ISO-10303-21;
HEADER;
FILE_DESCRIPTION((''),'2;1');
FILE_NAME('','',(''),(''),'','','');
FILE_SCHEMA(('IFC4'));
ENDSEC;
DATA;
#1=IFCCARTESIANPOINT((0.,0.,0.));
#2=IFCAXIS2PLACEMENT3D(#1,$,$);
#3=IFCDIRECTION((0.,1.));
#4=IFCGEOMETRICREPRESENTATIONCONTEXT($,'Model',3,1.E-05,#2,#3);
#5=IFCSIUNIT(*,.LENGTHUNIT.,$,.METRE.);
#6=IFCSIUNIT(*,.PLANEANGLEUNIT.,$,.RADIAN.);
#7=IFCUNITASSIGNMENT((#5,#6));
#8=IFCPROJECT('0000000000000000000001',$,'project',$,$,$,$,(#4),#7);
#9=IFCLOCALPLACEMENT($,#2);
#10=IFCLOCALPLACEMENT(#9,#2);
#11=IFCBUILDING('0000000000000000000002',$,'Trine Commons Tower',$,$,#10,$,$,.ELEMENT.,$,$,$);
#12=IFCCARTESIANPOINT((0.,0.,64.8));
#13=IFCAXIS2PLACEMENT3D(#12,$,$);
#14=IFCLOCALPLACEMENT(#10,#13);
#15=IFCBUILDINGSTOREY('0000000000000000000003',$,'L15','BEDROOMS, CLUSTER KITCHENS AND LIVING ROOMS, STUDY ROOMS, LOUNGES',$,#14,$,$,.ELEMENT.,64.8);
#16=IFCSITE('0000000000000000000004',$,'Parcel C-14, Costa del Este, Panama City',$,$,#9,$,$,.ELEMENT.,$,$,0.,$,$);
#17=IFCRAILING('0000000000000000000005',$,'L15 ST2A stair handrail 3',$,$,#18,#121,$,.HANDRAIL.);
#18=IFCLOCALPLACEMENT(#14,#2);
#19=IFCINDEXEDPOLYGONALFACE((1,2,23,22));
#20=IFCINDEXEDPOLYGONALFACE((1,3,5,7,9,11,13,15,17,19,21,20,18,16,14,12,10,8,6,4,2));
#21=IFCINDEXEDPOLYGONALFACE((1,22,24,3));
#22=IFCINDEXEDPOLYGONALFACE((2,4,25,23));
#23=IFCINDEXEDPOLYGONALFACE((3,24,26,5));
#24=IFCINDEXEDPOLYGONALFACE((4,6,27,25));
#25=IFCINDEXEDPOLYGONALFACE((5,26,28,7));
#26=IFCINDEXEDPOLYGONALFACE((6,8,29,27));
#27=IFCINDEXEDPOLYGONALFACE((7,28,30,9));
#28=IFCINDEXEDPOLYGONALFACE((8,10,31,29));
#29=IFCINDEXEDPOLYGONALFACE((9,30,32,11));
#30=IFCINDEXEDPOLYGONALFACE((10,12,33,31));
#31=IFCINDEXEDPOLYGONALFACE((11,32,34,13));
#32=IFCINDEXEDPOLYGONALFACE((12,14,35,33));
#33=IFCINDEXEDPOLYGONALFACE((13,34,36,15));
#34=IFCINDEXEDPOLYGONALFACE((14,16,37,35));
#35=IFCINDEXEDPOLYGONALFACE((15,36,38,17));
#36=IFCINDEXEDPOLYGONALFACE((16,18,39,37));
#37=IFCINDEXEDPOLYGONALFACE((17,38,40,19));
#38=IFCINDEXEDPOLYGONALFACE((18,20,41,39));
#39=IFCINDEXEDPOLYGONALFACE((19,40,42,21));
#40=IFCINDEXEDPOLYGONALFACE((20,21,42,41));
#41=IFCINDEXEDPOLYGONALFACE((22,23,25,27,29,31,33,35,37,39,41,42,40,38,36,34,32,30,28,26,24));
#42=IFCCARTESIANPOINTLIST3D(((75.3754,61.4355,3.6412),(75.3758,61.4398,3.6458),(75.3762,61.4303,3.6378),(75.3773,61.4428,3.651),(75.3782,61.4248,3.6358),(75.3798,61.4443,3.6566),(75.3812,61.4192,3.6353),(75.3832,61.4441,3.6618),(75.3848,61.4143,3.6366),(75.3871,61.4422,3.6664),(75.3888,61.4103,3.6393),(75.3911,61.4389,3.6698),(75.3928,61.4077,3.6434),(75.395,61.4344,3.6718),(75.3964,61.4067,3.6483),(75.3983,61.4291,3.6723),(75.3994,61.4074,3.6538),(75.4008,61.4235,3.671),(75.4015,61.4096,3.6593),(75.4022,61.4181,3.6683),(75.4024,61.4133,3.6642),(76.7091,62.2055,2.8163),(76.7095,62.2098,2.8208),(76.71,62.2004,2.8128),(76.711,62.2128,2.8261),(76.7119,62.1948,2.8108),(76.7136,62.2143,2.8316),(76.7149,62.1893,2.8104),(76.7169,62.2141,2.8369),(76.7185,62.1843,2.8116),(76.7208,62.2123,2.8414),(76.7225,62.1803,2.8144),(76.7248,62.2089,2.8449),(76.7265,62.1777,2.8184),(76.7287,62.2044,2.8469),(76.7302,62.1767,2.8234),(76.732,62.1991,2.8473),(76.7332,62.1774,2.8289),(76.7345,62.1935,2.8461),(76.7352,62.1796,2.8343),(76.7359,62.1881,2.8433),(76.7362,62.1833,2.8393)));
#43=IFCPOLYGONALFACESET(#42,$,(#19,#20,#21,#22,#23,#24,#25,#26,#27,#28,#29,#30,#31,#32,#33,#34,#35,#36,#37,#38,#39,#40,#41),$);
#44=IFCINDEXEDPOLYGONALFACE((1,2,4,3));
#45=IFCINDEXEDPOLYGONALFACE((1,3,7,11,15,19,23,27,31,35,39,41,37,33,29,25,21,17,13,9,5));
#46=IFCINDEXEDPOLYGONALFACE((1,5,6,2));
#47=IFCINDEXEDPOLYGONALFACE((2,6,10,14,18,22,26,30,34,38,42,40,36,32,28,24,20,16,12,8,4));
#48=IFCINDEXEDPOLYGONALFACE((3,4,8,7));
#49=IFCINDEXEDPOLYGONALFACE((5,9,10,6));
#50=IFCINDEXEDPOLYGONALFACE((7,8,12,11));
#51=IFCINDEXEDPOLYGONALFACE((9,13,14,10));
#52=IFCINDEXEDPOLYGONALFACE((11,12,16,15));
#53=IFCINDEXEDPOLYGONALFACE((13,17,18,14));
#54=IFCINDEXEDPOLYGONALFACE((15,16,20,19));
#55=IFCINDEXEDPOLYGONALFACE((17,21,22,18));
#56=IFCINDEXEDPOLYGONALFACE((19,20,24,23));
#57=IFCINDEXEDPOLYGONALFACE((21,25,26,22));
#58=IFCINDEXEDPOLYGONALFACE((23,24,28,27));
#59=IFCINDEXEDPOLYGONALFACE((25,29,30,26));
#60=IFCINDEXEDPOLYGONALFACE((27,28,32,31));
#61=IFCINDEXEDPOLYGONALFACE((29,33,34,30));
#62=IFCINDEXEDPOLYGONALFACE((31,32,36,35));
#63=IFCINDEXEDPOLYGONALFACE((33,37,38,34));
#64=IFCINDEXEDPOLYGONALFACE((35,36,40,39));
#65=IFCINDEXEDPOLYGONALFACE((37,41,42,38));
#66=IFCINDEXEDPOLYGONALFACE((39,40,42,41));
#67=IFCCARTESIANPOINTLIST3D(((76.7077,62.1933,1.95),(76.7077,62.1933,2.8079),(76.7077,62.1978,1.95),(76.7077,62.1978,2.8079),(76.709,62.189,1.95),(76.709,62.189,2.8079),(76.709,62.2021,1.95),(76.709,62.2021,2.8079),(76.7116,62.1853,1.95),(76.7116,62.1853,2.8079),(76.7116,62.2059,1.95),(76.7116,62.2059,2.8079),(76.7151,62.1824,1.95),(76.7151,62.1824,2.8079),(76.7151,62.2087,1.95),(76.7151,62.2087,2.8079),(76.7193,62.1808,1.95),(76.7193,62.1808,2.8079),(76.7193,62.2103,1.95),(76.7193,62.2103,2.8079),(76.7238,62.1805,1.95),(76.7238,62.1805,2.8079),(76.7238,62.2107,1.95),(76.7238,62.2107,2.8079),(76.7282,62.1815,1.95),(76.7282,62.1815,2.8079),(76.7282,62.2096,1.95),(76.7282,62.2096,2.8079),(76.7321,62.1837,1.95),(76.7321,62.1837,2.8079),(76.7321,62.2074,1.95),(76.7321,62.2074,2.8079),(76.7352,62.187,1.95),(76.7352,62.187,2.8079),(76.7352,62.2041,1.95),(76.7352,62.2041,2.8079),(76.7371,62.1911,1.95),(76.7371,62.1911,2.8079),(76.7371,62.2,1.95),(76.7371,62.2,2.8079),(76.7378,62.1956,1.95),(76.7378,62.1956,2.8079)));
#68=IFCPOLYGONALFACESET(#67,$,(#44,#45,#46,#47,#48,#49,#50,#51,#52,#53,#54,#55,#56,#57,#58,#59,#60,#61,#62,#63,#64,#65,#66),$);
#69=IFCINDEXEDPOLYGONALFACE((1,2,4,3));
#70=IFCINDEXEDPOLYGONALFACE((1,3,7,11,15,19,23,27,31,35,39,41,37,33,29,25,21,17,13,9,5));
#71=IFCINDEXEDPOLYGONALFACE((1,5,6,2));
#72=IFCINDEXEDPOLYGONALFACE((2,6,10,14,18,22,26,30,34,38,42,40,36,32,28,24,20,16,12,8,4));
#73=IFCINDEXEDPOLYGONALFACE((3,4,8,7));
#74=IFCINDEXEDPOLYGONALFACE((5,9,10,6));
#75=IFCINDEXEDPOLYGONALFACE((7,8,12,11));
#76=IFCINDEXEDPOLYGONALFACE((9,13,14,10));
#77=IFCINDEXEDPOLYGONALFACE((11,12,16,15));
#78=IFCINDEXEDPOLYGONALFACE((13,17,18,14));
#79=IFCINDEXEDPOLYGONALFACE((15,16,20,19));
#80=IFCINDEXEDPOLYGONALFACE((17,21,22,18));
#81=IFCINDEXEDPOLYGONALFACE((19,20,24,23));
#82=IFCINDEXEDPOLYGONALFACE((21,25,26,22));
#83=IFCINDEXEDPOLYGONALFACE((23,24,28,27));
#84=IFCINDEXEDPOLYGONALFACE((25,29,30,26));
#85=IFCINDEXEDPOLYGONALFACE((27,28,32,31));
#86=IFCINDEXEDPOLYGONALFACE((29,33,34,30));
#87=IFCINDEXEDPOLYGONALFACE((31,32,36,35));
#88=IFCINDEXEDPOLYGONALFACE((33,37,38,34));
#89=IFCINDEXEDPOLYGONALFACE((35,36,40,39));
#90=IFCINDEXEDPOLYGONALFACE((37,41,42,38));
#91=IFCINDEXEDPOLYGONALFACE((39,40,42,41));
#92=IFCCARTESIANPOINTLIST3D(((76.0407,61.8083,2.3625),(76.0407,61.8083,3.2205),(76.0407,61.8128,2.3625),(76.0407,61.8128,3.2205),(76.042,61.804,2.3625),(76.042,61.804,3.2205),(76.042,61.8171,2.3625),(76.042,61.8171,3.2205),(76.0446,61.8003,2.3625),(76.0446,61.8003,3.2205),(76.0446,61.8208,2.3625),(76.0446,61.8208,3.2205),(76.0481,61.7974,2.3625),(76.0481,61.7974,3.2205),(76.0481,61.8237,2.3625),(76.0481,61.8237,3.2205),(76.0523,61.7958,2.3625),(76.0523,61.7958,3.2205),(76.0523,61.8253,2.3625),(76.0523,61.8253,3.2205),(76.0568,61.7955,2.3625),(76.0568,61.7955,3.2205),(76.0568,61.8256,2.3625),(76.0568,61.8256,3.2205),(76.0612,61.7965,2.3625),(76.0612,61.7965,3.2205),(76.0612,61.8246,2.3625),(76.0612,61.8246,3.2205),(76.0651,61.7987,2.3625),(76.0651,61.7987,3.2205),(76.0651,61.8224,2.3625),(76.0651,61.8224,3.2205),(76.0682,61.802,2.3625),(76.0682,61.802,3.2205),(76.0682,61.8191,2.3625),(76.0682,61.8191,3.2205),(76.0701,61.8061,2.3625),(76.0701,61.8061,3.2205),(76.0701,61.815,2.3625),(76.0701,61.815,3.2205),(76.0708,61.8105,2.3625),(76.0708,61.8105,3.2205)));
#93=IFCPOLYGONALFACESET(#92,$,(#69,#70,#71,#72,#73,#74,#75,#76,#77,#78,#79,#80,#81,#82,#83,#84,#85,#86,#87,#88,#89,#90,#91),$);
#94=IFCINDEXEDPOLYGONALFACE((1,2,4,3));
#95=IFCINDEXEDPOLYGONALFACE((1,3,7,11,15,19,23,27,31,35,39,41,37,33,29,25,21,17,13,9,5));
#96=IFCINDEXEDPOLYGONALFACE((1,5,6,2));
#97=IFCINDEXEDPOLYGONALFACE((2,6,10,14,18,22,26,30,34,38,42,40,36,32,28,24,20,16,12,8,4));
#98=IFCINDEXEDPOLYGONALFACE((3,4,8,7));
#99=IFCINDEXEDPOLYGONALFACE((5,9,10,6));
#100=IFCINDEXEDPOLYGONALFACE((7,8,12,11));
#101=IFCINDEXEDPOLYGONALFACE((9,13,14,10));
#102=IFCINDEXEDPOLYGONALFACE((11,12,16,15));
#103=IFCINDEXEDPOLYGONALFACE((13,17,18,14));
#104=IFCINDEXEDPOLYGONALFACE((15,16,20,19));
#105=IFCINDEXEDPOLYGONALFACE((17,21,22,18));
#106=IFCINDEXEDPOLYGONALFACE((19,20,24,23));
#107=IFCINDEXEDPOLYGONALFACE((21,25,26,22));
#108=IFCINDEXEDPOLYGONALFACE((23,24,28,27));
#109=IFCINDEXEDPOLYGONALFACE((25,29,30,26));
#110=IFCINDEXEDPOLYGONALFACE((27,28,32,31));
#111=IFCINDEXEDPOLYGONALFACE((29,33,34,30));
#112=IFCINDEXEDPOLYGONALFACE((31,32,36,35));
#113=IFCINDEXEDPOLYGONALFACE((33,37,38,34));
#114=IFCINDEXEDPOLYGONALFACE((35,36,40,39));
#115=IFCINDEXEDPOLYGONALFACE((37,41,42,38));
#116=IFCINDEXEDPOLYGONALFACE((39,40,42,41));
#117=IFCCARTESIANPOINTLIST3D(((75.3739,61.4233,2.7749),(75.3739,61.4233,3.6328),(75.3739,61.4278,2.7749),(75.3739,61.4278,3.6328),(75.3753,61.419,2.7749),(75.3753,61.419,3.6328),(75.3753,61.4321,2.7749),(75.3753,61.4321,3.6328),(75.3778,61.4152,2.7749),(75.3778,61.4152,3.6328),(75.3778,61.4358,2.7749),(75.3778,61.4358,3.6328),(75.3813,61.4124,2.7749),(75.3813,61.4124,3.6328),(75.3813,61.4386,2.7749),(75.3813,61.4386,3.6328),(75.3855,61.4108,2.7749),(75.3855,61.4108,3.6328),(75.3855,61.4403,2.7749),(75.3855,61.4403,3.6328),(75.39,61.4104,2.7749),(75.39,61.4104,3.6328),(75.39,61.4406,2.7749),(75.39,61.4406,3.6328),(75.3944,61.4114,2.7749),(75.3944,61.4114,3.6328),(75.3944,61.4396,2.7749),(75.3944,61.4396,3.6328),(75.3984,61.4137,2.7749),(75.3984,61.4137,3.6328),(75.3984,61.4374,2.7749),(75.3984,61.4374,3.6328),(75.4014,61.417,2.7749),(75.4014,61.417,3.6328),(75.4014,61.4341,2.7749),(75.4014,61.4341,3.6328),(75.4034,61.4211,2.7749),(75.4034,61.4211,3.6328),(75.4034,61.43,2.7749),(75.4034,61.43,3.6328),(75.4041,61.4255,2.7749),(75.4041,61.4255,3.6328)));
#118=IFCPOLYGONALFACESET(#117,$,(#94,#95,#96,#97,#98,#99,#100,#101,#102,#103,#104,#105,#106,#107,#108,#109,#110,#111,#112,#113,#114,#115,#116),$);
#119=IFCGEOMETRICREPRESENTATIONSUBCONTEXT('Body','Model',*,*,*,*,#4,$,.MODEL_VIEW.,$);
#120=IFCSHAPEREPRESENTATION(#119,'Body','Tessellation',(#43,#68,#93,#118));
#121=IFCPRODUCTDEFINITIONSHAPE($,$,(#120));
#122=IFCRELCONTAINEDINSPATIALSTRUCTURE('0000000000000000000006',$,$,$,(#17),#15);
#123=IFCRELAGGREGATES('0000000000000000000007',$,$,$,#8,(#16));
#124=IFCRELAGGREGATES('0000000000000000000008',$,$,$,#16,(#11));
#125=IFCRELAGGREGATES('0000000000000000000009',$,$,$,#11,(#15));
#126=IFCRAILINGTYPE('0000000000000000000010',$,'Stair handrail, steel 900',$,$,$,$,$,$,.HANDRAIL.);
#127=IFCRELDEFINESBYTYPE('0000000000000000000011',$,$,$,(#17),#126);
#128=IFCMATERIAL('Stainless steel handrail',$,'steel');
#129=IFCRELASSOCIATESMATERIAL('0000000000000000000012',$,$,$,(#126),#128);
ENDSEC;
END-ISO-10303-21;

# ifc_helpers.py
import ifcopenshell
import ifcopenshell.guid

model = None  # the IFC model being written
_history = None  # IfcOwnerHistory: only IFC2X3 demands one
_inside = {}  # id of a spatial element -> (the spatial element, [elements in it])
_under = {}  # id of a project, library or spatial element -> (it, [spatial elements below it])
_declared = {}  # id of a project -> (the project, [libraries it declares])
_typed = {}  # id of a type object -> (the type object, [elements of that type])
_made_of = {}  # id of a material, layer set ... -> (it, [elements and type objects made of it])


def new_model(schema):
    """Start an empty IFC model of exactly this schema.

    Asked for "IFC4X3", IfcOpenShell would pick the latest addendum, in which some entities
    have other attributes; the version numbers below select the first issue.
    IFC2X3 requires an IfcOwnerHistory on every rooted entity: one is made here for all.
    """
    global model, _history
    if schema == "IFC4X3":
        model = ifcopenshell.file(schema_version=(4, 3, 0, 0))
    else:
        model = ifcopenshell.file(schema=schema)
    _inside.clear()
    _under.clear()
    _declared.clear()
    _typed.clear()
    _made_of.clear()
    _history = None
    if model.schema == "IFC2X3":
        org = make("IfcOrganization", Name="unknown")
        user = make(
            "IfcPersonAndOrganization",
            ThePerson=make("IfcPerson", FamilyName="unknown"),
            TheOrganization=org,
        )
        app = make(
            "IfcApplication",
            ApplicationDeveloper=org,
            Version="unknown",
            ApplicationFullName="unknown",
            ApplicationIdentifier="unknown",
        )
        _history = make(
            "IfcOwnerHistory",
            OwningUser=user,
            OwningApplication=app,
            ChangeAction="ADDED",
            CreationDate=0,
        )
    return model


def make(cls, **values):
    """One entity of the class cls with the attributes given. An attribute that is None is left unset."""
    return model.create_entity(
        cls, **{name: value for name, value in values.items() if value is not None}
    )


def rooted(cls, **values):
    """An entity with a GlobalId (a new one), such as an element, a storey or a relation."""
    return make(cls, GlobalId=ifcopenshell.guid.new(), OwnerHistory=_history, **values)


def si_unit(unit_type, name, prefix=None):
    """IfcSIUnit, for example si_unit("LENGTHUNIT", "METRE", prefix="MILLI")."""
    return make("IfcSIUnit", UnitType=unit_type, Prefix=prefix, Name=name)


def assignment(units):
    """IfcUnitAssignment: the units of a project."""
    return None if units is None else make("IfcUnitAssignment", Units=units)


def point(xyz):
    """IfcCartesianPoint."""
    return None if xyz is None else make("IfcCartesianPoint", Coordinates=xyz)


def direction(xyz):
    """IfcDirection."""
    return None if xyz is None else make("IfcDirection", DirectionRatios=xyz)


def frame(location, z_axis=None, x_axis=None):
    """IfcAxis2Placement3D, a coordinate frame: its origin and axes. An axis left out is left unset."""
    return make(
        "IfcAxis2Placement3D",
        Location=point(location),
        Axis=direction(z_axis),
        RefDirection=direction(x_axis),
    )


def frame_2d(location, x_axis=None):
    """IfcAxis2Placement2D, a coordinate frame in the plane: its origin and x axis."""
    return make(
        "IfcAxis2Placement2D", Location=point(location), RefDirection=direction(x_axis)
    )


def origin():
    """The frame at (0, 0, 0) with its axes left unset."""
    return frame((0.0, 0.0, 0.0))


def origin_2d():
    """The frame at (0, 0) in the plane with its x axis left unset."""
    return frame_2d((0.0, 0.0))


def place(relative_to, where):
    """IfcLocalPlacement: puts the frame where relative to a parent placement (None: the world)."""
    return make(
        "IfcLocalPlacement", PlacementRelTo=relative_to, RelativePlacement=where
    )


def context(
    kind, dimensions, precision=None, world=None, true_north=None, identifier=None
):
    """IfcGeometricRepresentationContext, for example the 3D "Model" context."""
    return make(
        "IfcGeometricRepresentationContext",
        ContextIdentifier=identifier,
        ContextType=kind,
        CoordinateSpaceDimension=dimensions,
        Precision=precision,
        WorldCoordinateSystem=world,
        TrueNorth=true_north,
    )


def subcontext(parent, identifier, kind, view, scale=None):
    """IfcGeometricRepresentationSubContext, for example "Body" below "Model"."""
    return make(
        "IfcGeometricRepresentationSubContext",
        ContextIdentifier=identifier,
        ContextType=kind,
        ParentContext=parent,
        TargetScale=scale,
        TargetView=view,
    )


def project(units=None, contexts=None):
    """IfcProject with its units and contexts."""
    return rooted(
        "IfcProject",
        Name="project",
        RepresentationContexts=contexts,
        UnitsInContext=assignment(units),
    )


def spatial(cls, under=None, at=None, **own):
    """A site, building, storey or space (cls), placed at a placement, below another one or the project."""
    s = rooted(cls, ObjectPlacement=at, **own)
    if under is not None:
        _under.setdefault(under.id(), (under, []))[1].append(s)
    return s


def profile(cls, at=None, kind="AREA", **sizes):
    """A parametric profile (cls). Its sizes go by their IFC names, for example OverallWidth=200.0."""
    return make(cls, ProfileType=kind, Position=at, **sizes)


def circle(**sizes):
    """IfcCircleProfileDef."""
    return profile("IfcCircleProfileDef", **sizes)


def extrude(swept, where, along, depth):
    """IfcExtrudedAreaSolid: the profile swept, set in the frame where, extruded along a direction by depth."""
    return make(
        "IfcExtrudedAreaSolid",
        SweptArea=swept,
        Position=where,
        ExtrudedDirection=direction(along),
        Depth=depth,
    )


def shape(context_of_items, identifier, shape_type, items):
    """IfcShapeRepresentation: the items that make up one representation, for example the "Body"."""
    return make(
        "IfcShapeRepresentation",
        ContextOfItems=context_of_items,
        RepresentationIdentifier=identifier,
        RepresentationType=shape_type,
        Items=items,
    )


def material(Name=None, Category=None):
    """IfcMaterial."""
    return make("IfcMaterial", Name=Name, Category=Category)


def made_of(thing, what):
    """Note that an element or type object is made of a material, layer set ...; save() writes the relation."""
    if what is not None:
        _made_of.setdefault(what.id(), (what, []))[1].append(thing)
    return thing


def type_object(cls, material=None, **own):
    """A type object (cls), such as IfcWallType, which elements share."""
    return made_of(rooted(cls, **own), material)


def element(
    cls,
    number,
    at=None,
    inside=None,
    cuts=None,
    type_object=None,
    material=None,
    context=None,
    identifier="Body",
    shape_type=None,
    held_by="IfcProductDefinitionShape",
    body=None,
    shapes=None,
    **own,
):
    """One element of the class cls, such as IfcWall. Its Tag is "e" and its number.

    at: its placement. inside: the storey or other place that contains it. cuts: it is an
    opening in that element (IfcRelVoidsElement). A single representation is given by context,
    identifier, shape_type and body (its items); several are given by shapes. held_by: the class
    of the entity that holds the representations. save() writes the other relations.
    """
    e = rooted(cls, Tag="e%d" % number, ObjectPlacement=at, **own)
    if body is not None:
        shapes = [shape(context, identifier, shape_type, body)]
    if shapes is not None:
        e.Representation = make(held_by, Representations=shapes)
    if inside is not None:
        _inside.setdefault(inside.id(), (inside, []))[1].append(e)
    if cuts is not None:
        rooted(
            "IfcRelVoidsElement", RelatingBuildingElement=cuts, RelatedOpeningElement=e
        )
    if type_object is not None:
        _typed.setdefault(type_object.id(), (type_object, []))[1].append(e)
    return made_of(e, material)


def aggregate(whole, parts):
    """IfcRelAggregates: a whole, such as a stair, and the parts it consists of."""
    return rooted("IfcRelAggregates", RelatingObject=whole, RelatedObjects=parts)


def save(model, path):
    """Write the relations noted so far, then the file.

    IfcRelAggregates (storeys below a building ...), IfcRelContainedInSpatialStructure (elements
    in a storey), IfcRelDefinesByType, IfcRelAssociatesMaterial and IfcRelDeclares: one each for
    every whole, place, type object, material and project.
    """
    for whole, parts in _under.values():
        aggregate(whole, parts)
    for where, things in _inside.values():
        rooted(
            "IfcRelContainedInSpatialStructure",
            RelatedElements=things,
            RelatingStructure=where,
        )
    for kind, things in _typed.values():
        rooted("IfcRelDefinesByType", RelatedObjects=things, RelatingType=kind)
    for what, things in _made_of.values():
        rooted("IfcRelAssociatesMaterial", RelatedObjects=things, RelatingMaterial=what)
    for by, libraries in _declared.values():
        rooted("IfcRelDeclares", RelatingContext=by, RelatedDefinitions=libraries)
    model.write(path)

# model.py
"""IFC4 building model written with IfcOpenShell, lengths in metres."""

from ifc_helpers import new_model, si_unit, direction, frame, origin, origin_2d, place, context, subcontext, project, spatial, circle, extrude, material, type_object, element, save


model = new_model("IFC4")

# Units and contexts
model_context = context("Model", 3, precision=1e-05, world=origin(), true_north=direction((0.0, 1.0)))
body_context = subcontext(model_context, "Body", "Model", "MODEL_VIEW")
ifc_project = project(units=[si_unit("LENGTHUNIT", "METRE"), si_unit("PLANEANGLEUNIT", "RADIAN")], contexts=[model_context])

# Site, building, storey
site_placement = place(None, origin())
site = spatial("IfcSite", under=ifc_project, at=site_placement, Name="Parcel C-14, Costa del Este, Panama City", CompositionType="ELEMENT", RefElevation=0.0)
building_placement = place(site_placement, origin())
building = spatial("IfcBuilding", under=site, at=building_placement, Name="Trine Commons Tower", CompositionType="ELEMENT")
storey_placement = place(building_placement, frame((0.0, 0.0, 64.8)))
storey = spatial("IfcBuildingStorey", under=building, at=storey_placement, Name="L15", Description="BEDROOMS, CLUSTER KITCHENS AND LIVING ROOMS, STUDY ROOMS, LOUNGES", CompositionType="ELEMENT", Elevation=64.8)

# Railing
ifc_material_1 = material(Name="Stainless steel handrail", Category="steel")
railing_type = type_object("IfcRailingType", Name="Stair handrail, steel 900", PredefinedType="HANDRAIL", material=ifc_material_1)
railing_1_placement = place(storey_placement, frame((76.7227, 62.1956, 1.95)))
element("IfcRailing", 1, at=railing_1_placement, inside=storey, type_object=railing_type, Name="L15 ST2A stair handrail 3", PredefinedType="HANDRAIL", context=body_context, shape_type="SweptSolid", body=[
    extrude(circle(Radius=0.021, at=origin_2d()), frame((0.0, 0.0, 0.8789), z_axis=(-0.763405, -0.440743, 0.472185), x_axis=(0.499992, -0.86603, 0.0)), (0.0, 0.0, 1.0), 1.7471),
    extrude(circle(Radius=0.0151, at=origin_2d()), origin(), (0.0, 0.0, 1.0), 0.8579),
    extrude(circle(Radius=0.0151, at=origin_2d()), frame((-0.667, -0.385, 0.4126)), (0.0, 0.0, 1.0), 0.8579),
    extrude(circle(Radius=0.0151, at=origin_2d()), frame((-1.3337, -0.77, 0.825)), (0.0, 0.0, 1.0), 0.8579),
])

save(model, "model.ifc")
